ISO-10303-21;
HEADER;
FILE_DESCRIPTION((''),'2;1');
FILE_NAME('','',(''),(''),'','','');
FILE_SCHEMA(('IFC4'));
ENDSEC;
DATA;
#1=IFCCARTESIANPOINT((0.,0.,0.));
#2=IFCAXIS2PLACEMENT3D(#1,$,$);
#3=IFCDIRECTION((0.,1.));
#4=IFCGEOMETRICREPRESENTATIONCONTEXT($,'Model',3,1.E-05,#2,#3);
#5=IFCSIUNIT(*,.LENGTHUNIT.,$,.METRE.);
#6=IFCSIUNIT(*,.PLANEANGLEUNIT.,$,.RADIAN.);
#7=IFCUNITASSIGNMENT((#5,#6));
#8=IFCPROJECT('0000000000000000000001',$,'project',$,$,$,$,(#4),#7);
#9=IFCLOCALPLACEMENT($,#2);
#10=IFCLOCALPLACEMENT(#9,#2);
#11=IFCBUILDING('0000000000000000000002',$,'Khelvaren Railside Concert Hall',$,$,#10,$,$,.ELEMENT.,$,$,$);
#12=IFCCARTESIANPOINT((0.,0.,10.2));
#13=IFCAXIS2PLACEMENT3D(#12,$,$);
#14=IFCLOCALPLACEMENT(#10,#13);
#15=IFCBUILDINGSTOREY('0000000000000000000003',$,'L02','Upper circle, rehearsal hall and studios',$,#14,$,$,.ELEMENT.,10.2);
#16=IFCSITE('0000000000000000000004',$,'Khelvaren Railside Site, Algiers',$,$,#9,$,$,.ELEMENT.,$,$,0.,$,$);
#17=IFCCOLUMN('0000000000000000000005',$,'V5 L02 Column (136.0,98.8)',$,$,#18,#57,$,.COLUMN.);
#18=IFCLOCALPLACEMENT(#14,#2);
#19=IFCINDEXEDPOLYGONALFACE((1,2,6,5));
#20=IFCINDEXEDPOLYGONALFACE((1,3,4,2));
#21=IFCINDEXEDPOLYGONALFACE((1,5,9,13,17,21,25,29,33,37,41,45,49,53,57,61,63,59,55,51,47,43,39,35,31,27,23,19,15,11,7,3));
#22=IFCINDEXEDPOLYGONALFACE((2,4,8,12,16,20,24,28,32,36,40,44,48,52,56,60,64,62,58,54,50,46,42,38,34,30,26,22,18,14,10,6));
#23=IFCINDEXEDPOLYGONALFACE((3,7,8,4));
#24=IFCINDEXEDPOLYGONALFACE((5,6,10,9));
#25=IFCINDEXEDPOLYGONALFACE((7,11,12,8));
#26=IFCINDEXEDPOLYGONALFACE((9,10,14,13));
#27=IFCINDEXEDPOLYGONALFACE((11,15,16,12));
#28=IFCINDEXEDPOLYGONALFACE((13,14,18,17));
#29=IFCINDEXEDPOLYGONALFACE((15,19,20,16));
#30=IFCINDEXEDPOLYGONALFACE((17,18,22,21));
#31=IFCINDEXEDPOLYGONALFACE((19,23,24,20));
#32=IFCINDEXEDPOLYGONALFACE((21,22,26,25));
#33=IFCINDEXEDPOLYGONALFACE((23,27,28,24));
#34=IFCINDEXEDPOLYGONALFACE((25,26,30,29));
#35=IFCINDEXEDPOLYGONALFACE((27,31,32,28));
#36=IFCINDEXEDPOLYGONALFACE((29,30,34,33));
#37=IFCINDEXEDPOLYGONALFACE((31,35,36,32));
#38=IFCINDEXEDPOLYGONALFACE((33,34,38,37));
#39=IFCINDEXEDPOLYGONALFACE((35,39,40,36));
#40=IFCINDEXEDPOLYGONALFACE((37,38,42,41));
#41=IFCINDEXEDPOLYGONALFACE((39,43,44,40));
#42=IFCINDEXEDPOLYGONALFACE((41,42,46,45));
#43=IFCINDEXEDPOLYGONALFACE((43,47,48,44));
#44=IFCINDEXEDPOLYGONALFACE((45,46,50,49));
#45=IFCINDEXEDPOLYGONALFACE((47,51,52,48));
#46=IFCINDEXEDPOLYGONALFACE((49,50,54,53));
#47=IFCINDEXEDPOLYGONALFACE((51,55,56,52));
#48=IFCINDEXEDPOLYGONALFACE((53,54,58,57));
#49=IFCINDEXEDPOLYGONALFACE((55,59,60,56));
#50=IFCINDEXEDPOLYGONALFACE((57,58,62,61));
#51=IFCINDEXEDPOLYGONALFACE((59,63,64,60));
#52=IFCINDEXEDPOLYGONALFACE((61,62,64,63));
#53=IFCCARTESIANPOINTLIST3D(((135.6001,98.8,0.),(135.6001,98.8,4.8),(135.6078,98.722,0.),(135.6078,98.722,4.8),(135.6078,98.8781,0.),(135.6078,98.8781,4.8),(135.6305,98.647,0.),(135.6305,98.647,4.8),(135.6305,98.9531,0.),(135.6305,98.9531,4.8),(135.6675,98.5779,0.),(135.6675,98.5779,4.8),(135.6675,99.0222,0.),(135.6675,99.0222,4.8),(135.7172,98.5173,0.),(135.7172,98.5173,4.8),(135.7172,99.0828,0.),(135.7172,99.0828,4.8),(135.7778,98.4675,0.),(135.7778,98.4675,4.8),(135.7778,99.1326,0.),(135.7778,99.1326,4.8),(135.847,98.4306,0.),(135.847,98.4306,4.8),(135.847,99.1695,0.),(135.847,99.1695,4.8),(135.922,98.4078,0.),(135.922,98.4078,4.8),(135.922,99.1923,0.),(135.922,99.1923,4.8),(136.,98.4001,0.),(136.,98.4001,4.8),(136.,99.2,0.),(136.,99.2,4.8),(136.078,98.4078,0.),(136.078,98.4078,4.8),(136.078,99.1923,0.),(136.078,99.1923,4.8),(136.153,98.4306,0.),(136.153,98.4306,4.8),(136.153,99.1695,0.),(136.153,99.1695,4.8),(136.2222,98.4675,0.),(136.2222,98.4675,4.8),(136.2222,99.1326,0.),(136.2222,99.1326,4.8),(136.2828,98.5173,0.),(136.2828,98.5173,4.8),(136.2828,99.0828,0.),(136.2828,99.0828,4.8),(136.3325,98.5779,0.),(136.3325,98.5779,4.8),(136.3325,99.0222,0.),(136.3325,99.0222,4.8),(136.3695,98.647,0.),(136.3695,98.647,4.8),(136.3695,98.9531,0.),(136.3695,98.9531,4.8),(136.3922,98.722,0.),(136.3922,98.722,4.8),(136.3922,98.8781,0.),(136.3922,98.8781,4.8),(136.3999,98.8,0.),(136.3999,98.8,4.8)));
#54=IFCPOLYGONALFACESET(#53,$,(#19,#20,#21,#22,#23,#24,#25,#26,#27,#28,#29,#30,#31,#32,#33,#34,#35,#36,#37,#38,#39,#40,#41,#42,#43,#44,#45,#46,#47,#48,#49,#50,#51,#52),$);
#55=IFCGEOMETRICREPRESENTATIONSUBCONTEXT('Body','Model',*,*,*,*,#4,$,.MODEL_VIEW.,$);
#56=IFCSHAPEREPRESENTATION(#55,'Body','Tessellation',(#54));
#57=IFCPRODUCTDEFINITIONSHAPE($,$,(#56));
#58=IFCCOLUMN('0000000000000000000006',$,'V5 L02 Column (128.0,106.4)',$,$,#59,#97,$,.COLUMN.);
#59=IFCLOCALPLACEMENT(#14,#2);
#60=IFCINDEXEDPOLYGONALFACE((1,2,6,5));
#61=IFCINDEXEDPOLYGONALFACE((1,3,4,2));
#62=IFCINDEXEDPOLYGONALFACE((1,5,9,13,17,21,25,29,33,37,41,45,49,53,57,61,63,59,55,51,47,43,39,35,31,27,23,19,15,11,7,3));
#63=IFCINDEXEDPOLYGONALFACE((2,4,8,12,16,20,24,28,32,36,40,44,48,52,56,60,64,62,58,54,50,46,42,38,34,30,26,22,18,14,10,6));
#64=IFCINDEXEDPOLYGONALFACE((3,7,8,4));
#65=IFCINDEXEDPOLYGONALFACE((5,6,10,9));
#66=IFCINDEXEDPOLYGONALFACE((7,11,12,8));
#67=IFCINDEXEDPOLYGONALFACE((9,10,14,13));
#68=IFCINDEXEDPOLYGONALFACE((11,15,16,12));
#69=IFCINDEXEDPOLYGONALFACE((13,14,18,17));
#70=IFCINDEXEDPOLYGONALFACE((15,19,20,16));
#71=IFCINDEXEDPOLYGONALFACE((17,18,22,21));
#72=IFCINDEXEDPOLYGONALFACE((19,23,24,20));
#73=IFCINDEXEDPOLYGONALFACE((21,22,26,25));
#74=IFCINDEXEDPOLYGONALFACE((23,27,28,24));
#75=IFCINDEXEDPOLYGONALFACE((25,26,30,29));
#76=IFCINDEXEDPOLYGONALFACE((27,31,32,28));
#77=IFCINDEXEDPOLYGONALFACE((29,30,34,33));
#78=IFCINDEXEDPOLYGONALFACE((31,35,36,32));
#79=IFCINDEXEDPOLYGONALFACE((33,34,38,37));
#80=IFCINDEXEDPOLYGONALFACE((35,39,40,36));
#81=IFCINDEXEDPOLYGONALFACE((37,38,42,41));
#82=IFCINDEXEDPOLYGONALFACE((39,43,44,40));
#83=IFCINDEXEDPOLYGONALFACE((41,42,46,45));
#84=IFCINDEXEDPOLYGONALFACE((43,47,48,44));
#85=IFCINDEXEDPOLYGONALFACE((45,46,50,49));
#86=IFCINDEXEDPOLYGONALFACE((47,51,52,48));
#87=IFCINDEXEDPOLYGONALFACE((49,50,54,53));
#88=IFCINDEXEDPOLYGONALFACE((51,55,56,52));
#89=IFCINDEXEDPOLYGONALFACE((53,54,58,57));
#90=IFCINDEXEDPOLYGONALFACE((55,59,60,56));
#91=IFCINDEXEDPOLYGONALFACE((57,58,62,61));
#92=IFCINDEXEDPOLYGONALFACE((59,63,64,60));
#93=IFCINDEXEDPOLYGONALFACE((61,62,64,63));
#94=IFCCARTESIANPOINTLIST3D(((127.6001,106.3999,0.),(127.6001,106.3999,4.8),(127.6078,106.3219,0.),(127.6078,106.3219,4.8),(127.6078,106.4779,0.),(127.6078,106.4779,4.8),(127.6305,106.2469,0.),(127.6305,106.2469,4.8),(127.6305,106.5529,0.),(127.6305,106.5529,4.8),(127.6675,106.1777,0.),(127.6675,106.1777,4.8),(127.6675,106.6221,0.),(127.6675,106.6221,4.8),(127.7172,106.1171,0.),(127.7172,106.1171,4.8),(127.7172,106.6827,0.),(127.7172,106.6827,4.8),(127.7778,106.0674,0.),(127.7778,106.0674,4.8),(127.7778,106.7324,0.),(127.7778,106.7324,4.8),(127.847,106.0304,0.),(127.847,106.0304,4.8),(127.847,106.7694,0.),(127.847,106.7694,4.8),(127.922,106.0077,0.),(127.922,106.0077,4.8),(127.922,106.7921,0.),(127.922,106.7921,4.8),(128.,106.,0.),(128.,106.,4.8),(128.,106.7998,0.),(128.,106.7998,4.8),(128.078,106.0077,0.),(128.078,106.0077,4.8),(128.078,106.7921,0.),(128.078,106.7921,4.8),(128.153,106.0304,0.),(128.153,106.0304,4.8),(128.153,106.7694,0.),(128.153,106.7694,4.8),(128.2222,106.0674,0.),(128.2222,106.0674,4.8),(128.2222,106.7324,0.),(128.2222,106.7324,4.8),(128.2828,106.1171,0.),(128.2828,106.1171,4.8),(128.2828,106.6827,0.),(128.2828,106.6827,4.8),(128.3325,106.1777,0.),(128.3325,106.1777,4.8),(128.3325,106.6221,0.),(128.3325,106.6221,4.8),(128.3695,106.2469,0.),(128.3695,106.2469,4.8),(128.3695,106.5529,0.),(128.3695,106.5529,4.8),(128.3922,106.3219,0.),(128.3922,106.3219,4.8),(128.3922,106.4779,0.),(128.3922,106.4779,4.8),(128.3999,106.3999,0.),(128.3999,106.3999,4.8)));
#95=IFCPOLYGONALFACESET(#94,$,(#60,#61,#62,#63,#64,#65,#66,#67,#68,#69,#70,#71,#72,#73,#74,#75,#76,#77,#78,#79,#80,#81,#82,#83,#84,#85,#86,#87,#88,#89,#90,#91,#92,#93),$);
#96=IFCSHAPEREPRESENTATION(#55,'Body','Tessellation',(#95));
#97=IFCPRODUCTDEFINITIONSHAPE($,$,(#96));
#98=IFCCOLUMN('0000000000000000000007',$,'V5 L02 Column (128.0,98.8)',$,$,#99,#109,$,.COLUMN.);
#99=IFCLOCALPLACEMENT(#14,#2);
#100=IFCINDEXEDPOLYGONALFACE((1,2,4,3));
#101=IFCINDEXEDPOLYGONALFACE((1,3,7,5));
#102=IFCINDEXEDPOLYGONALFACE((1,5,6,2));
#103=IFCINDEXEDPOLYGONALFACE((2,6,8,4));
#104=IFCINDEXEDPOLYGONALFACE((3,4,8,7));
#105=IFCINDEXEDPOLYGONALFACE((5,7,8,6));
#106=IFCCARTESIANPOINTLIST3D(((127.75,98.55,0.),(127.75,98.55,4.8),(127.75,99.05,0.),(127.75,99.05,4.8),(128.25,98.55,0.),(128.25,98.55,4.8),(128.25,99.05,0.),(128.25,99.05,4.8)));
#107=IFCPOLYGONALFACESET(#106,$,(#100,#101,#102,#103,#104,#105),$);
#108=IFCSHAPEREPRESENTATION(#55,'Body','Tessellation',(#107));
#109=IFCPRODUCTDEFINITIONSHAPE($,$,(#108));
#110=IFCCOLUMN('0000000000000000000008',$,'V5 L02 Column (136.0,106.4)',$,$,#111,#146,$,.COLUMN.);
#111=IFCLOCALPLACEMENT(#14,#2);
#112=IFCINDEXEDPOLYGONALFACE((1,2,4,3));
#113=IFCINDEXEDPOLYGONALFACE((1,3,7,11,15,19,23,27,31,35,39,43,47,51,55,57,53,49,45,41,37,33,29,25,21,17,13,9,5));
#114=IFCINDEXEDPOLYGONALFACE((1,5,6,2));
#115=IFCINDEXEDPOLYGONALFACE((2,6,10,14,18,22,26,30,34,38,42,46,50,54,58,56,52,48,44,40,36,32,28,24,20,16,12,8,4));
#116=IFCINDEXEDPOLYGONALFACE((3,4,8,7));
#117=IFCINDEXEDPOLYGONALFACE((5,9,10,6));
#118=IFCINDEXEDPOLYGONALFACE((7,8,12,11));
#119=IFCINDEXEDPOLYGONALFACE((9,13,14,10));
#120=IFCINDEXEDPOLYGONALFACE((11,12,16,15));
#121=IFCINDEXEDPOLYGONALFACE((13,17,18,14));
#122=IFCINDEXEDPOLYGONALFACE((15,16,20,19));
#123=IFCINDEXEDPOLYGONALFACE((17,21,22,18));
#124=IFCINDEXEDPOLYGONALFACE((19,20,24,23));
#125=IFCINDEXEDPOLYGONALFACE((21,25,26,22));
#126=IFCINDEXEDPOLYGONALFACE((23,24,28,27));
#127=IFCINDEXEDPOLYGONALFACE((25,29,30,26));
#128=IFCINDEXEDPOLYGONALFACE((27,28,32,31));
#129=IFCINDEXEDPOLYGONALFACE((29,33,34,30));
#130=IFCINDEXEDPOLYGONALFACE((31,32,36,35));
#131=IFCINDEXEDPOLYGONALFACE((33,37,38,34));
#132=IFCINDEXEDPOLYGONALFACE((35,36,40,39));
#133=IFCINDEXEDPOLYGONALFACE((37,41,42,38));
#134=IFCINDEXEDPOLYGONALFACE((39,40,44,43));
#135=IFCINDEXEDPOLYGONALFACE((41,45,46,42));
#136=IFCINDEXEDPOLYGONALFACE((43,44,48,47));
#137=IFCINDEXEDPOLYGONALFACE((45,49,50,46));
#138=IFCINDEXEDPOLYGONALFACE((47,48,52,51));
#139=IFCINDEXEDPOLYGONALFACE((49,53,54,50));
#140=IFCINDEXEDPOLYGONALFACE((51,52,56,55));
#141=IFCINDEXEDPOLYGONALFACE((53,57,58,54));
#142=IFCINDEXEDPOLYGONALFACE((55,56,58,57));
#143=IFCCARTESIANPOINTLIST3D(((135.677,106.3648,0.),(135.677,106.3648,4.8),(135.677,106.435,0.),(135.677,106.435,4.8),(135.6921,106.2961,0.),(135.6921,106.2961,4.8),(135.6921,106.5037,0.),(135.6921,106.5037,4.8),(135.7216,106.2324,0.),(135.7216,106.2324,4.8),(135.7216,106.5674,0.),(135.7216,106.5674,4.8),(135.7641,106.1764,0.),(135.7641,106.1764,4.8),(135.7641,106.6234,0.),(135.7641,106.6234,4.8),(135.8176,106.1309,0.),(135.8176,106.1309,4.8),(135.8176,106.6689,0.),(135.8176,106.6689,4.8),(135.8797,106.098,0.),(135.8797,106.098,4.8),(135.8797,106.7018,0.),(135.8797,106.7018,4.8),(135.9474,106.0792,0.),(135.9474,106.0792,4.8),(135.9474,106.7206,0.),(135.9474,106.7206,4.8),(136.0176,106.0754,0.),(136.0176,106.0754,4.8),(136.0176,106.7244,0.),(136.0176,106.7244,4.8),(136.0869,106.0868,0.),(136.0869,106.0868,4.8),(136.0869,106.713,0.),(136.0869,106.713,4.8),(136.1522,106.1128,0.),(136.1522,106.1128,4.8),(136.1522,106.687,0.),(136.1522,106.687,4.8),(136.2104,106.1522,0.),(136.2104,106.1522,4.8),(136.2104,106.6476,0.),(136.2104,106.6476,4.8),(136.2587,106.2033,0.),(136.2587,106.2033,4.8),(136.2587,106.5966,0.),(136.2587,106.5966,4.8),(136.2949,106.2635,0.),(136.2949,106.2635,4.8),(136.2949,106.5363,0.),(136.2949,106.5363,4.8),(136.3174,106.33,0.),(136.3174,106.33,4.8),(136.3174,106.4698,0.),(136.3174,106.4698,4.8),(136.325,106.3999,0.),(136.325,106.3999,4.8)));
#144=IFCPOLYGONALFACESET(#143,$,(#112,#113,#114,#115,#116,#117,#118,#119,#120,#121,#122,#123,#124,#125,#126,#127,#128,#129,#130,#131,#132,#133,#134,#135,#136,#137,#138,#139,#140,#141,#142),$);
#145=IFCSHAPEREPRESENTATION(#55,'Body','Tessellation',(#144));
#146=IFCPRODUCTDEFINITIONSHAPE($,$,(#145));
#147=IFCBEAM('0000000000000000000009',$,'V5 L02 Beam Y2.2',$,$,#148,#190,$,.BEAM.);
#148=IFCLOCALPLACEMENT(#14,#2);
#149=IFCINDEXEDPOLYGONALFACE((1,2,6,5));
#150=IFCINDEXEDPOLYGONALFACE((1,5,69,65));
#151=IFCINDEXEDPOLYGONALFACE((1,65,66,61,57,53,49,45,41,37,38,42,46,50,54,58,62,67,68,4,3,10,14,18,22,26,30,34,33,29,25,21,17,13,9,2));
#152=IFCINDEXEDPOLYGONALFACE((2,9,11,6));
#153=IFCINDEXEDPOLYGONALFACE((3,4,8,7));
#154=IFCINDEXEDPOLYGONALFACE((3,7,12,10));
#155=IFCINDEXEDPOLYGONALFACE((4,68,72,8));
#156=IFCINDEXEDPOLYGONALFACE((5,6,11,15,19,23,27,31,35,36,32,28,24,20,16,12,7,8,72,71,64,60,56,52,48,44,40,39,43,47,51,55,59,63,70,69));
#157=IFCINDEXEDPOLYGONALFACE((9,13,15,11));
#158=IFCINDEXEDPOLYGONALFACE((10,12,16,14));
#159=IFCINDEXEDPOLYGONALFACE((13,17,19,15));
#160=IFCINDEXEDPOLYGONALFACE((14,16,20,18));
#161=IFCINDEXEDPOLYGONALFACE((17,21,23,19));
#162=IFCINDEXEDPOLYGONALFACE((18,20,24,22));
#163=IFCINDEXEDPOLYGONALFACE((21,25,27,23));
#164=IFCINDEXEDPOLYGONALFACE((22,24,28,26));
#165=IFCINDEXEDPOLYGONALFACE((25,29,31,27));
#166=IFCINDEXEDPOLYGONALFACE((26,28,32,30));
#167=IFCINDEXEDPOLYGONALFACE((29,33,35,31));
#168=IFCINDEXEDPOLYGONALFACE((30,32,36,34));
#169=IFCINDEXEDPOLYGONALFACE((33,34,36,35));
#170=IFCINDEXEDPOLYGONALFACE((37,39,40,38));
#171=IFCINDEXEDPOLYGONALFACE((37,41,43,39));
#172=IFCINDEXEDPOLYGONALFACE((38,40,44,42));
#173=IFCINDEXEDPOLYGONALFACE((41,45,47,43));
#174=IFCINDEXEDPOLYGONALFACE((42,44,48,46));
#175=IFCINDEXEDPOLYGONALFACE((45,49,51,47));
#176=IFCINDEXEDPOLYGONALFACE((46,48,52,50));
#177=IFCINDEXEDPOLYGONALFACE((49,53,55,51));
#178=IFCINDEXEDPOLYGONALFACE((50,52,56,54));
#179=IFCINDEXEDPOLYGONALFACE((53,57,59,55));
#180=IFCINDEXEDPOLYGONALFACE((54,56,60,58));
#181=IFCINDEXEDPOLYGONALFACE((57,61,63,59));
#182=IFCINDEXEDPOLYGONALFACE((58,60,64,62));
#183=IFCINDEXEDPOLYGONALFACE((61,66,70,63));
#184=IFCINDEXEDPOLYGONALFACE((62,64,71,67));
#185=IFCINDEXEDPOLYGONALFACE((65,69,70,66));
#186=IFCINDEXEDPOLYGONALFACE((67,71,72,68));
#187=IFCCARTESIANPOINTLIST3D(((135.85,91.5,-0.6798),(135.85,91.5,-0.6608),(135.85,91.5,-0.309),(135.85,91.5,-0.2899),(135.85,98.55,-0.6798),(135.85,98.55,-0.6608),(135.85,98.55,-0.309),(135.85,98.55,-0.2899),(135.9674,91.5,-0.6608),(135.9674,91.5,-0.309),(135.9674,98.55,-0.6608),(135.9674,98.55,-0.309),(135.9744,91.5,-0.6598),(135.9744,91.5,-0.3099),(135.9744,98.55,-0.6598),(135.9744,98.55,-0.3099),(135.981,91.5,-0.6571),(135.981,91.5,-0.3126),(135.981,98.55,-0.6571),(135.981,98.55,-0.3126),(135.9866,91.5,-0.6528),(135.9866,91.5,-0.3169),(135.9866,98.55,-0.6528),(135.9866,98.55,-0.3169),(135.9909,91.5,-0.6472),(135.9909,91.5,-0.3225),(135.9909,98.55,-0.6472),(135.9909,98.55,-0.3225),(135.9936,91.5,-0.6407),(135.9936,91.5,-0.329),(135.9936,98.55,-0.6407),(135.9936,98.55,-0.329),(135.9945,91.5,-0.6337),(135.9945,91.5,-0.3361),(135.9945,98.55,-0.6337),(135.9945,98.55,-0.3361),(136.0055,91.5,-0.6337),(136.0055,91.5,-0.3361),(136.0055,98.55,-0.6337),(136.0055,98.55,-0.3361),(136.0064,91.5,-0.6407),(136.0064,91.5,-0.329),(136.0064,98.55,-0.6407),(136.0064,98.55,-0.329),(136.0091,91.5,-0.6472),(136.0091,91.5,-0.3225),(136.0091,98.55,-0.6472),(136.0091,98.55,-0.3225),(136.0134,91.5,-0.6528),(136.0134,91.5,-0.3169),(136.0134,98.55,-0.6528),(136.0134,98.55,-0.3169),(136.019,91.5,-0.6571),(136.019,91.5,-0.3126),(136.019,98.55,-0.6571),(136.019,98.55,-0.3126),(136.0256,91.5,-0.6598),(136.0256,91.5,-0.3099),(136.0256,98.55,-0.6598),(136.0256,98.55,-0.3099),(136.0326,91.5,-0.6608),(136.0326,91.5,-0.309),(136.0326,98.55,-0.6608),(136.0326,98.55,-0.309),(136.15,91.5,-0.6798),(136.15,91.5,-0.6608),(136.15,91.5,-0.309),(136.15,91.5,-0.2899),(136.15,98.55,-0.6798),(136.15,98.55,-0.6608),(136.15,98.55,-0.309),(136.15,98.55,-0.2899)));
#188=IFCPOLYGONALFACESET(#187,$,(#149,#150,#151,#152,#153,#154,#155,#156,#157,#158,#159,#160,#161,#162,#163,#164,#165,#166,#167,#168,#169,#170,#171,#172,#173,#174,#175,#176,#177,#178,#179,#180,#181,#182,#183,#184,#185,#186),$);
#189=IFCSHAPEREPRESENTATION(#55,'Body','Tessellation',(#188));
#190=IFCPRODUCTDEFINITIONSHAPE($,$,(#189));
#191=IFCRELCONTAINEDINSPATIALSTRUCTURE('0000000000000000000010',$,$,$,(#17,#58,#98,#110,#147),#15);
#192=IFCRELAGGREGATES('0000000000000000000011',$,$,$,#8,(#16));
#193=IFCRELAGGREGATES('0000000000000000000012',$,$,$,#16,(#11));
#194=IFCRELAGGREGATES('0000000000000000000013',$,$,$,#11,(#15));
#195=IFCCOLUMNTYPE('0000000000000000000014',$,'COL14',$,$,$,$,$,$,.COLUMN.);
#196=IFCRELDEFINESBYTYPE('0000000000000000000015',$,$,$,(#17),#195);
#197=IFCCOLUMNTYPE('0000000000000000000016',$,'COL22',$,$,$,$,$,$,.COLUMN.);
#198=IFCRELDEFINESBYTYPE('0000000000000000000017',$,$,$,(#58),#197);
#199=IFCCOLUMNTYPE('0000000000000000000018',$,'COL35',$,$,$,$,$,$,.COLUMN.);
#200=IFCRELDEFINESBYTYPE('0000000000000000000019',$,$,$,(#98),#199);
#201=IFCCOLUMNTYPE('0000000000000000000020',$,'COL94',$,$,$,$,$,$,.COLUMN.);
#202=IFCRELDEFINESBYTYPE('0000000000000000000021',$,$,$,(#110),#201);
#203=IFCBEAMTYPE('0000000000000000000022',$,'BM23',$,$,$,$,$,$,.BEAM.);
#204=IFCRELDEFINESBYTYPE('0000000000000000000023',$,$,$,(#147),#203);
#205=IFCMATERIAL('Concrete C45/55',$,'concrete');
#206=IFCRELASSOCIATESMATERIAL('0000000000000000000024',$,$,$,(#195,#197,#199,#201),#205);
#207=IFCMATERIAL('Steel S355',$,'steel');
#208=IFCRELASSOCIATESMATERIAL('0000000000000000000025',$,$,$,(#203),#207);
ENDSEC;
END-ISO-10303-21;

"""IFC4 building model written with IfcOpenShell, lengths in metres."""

from ifc_helpers import new_model, si_unit, direction, frame, origin, origin_2d, place, context, subcontext, project, spatial, rectangle, circle, i_section, extrude, material, material_profile, profile_set, type_object, element, save


model = new_model("IFC4")

# Units and contexts
model_context = context("Model", 3, precision=1e-05, world=origin(), true_north=direction((0.0, 1.0)))
body_context = subcontext(model_context, "Body", "Model", "MODEL_VIEW")
ifc_project = project(units=[si_unit("LENGTHUNIT", "METRE"), si_unit("PLANEANGLEUNIT", "RADIAN")], contexts=[model_context])

# Site, building, storey
site_placement = place(None, origin())
site = spatial("IfcSite", under=ifc_project, at=site_placement, Name="Khelvaren Railside Site, Algiers", CompositionType="ELEMENT", RefElevation=0.0)
building_placement = place(site_placement, origin())
building = spatial("IfcBuilding", under=site, at=building_placement, Name="Khelvaren Railside Concert Hall", CompositionType="ELEMENT")
storey_placement = place(building_placement, frame((0.0, 0.0, 10.2)))
storey = spatial("IfcBuildingStorey", under=building, at=storey_placement, Name="L02", Description="Upper circle, rehearsal hall and studios", CompositionType="ELEMENT", Elevation=10.2)

# Columns
ifc_material_1 = material(Name="Concrete C45/55", Category="concrete")
ifc_material_profile_1 = material_profile(ifc_material_1, circle(Radius=0.3999, at=origin_2d()), Name="RC D800")
ifc_profile_set_1 = profile_set([ifc_material_profile_1], Name="Concrete C45/55")
column_type_1 = type_object("IfcColumnType", Name="COL14", PredefinedType="COLUMN", material=ifc_profile_set_1)
column_1_placement = place(storey_placement, frame((136.0, 98.8, 0.0), z_axis=(0.0, 0.0, 1.0), x_axis=(1.0, 0.0, 0.0)))
element("IfcColumn", 1, at=column_1_placement, inside=storey, type_object=column_type_1, Name="V5 L02 Column (136.0,98.8)", PredefinedType="COLUMN", context=body_context, shape_type="SweptSolid", body=[
    extrude(circle(Radius=0.3999, at=origin_2d()), origin(), (0.0, 0.0, 1.0), 4.8),
])
ifc_material_profile_2 = material_profile(ifc_material_1, circle(Radius=0.3999, at=origin_2d()), Name="RC D800")
ifc_profile_set_2 = profile_set([ifc_material_profile_2], Name="Concrete C45/55")
column_type_2 = type_object("IfcColumnType", Name="COL22", PredefinedType="COLUMN", material=ifc_profile_set_2)
column_2_placement = place(storey_placement, frame((128.0, 106.3999, 0.0), z_axis=(0.0, 0.0, 1.0), x_axis=(1.0, 0.0, 0.0)))
element("IfcColumn", 2, at=column_2_placement, inside=storey, type_object=column_type_2, Name="V5 L02 Column (128.0,106.4)", PredefinedType="COLUMN", context=body_context, shape_type="SweptSolid", body=[
    extrude(circle(Radius=0.3999, at=origin_2d()), origin(), (0.0, 0.0, 1.0), 4.8),
])
ifc_material_profile_3 = material_profile(ifc_material_1, rectangle(XDim=0.5, YDim=0.5, at=origin_2d()), Name="RC 500x500")
ifc_profile_set_3 = profile_set([ifc_material_profile_3], Name="Concrete C45/55")
column_type_3 = type_object("IfcColumnType", Name="COL35", PredefinedType="COLUMN", material=ifc_profile_set_3)
column_3_placement = place(storey_placement, frame((128.0, 98.8, 0.0), z_axis=(0.0, 0.0, 1.0), x_axis=(1.0, 0.0, 0.0)))
element("IfcColumn", 3, at=column_3_placement, inside=storey, type_object=column_type_3, Name="V5 L02 Column (128.0,98.8)", PredefinedType="COLUMN", context=body_context, shape_type="SweptSolid", body=[
    extrude(rectangle(XDim=0.5, YDim=0.5, at=origin_2d()), origin(), (0.0, 0.0, 1.0), 4.8),
])
ifc_material_profile_4 = material_profile(ifc_material_1, circle(Radius=0.325, at=origin_2d()), Name="RC D650")
ifc_profile_set_4 = profile_set([ifc_material_profile_4], Name="Concrete C45/55")
column_type_4 = type_object("IfcColumnType", Name="COL94", PredefinedType="COLUMN", material=ifc_profile_set_4)
column_4_placement = place(storey_placement, frame((136.0, 106.3999, 0.0), z_axis=(0.0, 0.0, 1.0), x_axis=(1.0, 0.0, 0.0)))
element("IfcColumn", 4, at=column_4_placement, inside=storey, type_object=column_type_4, Name="V5 L02 Column (136.0,106.4)", PredefinedType="COLUMN", context=body_context, shape_type="SweptSolid", body=[
    extrude(circle(Radius=0.325, at=origin_2d()), origin(), (0.0, 0.0, 1.0), 4.8),
])

# Beam
ifc_material_2 = material(Name="Steel S355", Category="steel")
ifc_material_profile_5 = material_profile(ifc_material_2, i_section(OverallWidth=0.3, OverallDepth=0.3899, WebThickness=0.011, FlangeThickness=0.019, FilletRadius=0.0271, at=origin_2d()), Name="HEA 400")
ifc_profile_set_5 = profile_set([ifc_material_profile_5], Name="Steel S355")
beam_type_1 = type_object("IfcBeamType", Name="BM23", PredefinedType="BEAM", material=ifc_profile_set_5)
beam_1_placement = place(storey_placement, frame((136.0, 91.5, -0.4849), z_axis=(0.0, 1.0, 0.0), x_axis=(-1.0, 0.0, 0.0)))
element("IfcBeam", 5, at=beam_1_placement, inside=storey, type_object=beam_type_1, Name="V5 L02 Beam Y2.2", PredefinedType="BEAM", context=body_context, shape_type="SweptSolid", body=[
    extrude(i_section(OverallWidth=0.3, OverallDepth=0.3899, WebThickness=0.011, FlangeThickness=0.019, FilletRadius=0.0271, at=origin_2d()), origin(), (0.0, 0.0, 1.0), 7.05),
])

save(model, "model.ifc")
